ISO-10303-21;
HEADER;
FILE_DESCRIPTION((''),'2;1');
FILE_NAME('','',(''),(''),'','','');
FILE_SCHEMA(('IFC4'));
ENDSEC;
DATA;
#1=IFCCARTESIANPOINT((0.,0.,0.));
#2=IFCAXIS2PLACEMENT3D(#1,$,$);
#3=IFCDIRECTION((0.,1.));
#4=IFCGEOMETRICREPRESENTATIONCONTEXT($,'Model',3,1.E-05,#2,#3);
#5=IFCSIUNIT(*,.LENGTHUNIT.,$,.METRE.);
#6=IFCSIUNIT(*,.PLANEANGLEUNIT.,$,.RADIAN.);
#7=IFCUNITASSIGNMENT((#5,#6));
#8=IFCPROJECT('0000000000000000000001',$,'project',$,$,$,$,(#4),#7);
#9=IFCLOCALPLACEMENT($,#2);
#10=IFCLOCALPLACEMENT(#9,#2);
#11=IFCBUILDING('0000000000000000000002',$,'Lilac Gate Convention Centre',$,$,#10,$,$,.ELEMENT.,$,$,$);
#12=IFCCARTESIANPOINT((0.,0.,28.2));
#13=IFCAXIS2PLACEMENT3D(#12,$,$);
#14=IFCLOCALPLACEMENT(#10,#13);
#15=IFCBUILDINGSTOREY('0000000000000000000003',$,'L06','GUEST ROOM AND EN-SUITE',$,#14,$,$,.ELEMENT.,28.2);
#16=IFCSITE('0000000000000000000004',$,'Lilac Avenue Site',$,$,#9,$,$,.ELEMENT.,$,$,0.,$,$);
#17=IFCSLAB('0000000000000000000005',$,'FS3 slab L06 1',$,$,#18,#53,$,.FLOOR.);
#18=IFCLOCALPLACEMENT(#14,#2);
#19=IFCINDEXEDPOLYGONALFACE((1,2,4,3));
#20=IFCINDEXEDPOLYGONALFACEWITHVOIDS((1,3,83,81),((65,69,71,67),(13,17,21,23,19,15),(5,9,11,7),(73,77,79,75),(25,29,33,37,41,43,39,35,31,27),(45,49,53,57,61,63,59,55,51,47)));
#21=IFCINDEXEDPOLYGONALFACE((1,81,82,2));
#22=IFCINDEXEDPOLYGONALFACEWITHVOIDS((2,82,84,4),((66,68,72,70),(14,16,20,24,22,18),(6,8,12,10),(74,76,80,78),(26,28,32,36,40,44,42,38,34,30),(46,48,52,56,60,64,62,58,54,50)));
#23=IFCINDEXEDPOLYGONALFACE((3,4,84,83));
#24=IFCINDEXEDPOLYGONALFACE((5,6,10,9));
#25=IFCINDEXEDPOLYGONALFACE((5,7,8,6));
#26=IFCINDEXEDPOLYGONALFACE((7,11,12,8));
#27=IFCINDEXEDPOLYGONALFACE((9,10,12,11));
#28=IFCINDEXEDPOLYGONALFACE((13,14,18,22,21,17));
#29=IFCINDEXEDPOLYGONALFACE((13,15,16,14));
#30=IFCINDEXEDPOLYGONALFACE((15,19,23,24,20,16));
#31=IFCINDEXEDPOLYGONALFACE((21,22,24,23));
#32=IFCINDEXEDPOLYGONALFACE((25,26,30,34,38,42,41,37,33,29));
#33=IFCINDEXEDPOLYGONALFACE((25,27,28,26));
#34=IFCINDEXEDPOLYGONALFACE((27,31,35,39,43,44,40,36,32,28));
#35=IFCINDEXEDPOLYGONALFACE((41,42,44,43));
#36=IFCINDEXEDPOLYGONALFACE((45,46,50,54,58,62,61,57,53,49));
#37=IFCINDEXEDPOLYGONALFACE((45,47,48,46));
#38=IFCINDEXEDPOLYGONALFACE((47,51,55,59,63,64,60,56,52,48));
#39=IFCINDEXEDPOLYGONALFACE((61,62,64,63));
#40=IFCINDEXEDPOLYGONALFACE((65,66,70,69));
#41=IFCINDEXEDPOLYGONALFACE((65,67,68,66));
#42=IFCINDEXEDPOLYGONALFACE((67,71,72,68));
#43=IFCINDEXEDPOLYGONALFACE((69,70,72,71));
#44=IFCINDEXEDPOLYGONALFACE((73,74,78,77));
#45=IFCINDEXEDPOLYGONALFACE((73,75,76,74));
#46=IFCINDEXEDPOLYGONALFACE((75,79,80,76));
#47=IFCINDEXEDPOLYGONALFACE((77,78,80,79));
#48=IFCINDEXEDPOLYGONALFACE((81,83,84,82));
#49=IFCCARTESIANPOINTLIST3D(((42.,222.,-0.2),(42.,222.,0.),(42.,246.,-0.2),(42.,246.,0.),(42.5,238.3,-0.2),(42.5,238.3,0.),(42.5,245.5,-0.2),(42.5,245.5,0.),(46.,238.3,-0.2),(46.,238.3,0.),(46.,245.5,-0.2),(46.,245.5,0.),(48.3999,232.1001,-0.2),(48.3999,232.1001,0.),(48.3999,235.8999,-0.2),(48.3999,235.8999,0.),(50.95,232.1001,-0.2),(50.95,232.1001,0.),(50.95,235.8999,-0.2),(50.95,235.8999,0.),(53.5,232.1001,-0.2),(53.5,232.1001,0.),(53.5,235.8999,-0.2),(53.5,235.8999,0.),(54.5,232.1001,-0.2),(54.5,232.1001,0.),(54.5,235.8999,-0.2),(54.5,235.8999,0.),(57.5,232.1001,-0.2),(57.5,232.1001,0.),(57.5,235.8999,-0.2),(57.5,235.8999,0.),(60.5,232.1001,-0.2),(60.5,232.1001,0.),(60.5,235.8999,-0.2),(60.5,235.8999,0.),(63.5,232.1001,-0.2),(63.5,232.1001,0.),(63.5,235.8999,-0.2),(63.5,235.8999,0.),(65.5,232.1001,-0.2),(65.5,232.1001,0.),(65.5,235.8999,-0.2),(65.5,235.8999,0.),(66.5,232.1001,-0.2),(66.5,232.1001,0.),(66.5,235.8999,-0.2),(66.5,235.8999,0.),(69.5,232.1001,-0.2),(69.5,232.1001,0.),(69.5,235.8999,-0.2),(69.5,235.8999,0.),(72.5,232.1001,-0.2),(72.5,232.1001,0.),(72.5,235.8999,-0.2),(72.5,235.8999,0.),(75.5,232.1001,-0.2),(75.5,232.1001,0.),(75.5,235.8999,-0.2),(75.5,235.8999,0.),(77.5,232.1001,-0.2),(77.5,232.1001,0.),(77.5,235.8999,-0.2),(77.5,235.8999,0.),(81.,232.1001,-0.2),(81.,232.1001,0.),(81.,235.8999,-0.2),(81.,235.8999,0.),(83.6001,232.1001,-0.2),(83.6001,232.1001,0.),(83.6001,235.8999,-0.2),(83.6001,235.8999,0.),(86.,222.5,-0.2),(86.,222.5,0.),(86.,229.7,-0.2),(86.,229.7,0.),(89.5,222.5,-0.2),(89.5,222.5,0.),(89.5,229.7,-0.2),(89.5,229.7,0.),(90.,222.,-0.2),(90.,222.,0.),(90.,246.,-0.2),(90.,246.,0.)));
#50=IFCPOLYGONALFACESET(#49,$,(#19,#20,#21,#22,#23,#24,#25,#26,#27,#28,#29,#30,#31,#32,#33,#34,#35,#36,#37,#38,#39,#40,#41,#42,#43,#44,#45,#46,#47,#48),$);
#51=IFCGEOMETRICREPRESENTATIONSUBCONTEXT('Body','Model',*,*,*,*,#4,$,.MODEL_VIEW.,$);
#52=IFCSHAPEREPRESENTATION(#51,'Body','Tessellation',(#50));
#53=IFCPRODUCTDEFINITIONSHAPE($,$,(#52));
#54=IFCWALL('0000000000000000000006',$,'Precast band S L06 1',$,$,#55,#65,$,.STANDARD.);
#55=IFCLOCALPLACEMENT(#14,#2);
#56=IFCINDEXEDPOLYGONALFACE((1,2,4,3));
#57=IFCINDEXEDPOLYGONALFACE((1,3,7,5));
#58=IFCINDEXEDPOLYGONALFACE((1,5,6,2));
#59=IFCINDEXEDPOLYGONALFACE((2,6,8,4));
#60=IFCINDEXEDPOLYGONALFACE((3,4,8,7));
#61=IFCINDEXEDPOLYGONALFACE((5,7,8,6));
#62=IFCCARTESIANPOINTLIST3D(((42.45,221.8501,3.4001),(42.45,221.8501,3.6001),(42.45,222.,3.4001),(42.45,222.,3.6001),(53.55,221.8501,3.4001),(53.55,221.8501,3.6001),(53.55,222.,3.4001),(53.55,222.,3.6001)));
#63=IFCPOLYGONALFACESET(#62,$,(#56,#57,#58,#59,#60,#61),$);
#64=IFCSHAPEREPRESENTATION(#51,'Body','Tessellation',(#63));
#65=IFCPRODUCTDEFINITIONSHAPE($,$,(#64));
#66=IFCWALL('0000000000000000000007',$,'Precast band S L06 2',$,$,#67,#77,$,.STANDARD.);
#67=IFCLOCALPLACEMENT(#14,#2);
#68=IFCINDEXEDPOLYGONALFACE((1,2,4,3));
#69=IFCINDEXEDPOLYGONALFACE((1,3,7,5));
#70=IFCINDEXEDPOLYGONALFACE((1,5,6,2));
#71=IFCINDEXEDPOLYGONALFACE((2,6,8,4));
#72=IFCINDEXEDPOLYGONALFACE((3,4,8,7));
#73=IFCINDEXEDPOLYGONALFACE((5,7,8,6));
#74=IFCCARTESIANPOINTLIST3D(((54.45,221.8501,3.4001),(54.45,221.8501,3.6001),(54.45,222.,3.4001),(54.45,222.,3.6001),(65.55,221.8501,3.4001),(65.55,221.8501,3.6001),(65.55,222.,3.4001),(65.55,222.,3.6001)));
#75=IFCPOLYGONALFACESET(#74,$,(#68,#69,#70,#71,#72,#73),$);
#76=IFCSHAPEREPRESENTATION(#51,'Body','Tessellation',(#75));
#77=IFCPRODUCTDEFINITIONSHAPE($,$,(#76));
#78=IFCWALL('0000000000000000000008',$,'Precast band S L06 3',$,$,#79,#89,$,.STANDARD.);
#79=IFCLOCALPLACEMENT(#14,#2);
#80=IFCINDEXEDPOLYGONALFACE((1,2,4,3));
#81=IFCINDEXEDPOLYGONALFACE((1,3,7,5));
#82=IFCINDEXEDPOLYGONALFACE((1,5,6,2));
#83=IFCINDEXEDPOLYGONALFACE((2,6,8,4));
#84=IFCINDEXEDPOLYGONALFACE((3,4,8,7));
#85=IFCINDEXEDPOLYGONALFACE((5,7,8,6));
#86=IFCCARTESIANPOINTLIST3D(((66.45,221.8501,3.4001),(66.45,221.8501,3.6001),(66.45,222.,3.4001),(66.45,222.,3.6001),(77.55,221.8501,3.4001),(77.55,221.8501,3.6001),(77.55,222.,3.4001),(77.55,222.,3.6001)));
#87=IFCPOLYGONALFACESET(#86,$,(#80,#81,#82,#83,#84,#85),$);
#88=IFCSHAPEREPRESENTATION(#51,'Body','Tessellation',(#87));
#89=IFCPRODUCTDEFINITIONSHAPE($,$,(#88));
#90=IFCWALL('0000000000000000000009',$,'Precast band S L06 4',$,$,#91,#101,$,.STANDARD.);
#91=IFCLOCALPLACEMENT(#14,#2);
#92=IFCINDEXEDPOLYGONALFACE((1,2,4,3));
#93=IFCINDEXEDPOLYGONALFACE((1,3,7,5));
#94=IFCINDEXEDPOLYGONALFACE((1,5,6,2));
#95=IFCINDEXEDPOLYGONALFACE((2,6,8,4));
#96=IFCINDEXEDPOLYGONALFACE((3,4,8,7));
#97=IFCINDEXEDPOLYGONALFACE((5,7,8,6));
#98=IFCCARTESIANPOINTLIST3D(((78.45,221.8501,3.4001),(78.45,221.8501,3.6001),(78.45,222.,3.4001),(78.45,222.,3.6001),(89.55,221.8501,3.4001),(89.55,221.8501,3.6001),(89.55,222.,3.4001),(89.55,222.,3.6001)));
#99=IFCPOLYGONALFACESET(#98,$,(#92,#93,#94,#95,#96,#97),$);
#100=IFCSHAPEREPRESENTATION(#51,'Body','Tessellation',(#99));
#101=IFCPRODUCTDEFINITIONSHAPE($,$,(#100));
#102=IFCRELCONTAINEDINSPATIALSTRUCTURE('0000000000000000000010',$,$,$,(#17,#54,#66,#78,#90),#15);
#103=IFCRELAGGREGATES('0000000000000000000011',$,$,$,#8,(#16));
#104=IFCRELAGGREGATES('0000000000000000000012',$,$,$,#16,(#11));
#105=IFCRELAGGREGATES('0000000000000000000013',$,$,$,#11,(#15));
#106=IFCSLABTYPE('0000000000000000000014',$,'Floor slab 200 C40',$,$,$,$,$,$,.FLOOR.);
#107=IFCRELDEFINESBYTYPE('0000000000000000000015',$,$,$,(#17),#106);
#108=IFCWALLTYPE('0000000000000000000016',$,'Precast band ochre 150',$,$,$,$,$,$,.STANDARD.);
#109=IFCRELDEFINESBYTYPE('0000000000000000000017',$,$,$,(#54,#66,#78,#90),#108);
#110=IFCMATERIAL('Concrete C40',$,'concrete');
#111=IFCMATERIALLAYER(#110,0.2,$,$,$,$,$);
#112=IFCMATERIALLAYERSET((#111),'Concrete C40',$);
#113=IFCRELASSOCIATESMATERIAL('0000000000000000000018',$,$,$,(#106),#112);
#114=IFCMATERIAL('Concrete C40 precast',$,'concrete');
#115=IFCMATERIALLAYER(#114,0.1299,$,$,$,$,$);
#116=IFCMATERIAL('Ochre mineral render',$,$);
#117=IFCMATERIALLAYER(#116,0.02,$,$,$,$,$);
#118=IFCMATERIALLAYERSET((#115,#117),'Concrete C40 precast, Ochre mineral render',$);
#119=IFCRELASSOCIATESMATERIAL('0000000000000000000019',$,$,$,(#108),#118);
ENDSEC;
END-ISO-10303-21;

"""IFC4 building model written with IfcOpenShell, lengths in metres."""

from ifc_helpers import new_model, si_unit, direction, frame, frame_2d, origin, place, context, subcontext, project, spatial, polyline, rectangle, outline, extrude, material, layer, layer_set, type_object, element, save


model = new_model("IFC4")

# Units and contexts
model_context = context("Model", 3, precision=1e-05, world=origin(), true_north=direction((0.0, 1.0)))
body_context = subcontext(model_context, "Body", "Model", "MODEL_VIEW")
ifc_project = project(units=[si_unit("LENGTHUNIT", "METRE"), si_unit("PLANEANGLEUNIT", "RADIAN")], contexts=[model_context])

# Site, building, storey
site_placement = place(None, origin())
site = spatial("IfcSite", under=ifc_project, at=site_placement, Name="Lilac Avenue Site", CompositionType="ELEMENT", RefElevation=0.0)
building_placement = place(site_placement, origin())
building = spatial("IfcBuilding", under=site, at=building_placement, Name="Lilac Gate Convention Centre", CompositionType="ELEMENT")
storey_placement = place(building_placement, frame((0.0, 0.0, 28.2)))
storey = spatial("IfcBuildingStorey", under=building, at=storey_placement, Name="L06", Description="GUEST ROOM AND EN-SUITE", CompositionType="ELEMENT", Elevation=28.2)

# Shared definitions
ifc_material_1 = material(Name="Concrete C40", Category="concrete")

# Slab
ifc_layer_1 = layer(ifc_material_1, 0.2)
ifc_layer_set_1 = layer_set([ifc_layer_1], Name="Concrete C40")
slab_type_1 = type_object("IfcSlabType", Name="Floor slab 200 C40", PredefinedType="FLOOR", material=ifc_layer_set_1)
slab_1_placement = place(storey_placement, frame((0.0, 0.0, -0.2)))
element("IfcSlab", 1, at=slab_1_placement, inside=storey, type_object=slab_type_1, Name="FS3 slab L06 1", PredefinedType="FLOOR", context=body_context, shape_type="SweptSolid", body=[
    extrude(outline(polyline([(42.0, 222.0), (42.0, 246.0), (90.0, 246.0), (90.0, 222.0), (42.0, 222.0)]), holes=[polyline([(48.3999, 235.8999), (48.3999, 232.1001), (50.95, 232.1001), (53.5, 232.1001), (53.5, 235.8999), (50.95, 235.8999), (48.3999, 235.8999)]), polyline([(57.5, 235.8999), (54.5, 235.8999), (54.5, 232.1001), (57.5, 232.1001), (60.5, 232.1001), (63.5, 232.1001), (65.5, 232.1001), (65.5, 235.8999), (63.5, 235.8999), (60.5, 235.8999), (57.5, 235.8999)]), polyline([(42.5, 245.5), (42.5, 238.3), (46.0, 238.3), (46.0, 245.5), (42.5, 245.5)]), polyline([(89.5, 229.7), (86.0, 229.7), (86.0, 222.5), (89.5, 222.5), (89.5, 229.7)]), polyline([(69.5, 235.8999), (66.5, 235.8999), (66.5, 232.1001), (69.5, 232.1001), (72.5, 232.1001), (75.5, 232.1001), (77.5, 232.1001), (77.5, 235.8999), (75.5, 235.8999), (72.5, 235.8999), (69.5, 235.8999)]), polyline([(83.6001, 235.8999), (81.0, 235.8999), (81.0, 232.1001), (83.6001, 232.1001), (83.6001, 235.8999)])]), origin(), (0.0, 0.0, 1.0), 0.2),
])

# Walls
ifc_material_2 = material(Name="Concrete C40 precast", Category="concrete")
ifc_layer_2 = layer(ifc_material_2, 0.1299)
ifc_material_3 = material(Name="Ochre mineral render")
ifc_layer_3 = layer(ifc_material_3, 0.02)
ifc_layer_set_2 = layer_set([ifc_layer_2, ifc_layer_3], Name="Concrete C40 precast, Ochre mineral render")
wall_type = type_object("IfcWallType", Name="Precast band ochre 150", PredefinedType="STANDARD", material=ifc_layer_set_2)
for number, where, z_axis, x_axis, name in (
    (2, (42.45, 221.925, 3.4001), (0.0, 0.0, 1.0), (1.0, 0.0, 0.0), "Precast band S L06 1"),
    (3, (54.45, 221.925, 3.4001), (0.0, 0.0, 1.0), (1.0, 0.0, 0.0), "Precast band S L06 2"),
    (4, (66.45, 221.925, 3.4001), (0.0, 0.0, 1.0), (1.0, 0.0, 0.0), "Precast band S L06 3"),
    (5, (78.45, 221.925, 3.4001), (0.0, 0.0, 1.0), (1.0, 0.0, 0.0), "Precast band S L06 4"),
):
    element("IfcWall", number, at=place(storey_placement, frame(where, z_axis=z_axis, x_axis=x_axis)), inside=storey, type_object=wall_type, Name=name, PredefinedType="STANDARD", context=body_context, shape_type="SweptSolid", body=[
        extrude(rectangle(XDim=11.1001, YDim=0.1499, at=frame_2d((5.55, 0.0))), origin(), (0.0, 0.0, 1.0), 0.2),
    ])

save(model, "model.ifc")
